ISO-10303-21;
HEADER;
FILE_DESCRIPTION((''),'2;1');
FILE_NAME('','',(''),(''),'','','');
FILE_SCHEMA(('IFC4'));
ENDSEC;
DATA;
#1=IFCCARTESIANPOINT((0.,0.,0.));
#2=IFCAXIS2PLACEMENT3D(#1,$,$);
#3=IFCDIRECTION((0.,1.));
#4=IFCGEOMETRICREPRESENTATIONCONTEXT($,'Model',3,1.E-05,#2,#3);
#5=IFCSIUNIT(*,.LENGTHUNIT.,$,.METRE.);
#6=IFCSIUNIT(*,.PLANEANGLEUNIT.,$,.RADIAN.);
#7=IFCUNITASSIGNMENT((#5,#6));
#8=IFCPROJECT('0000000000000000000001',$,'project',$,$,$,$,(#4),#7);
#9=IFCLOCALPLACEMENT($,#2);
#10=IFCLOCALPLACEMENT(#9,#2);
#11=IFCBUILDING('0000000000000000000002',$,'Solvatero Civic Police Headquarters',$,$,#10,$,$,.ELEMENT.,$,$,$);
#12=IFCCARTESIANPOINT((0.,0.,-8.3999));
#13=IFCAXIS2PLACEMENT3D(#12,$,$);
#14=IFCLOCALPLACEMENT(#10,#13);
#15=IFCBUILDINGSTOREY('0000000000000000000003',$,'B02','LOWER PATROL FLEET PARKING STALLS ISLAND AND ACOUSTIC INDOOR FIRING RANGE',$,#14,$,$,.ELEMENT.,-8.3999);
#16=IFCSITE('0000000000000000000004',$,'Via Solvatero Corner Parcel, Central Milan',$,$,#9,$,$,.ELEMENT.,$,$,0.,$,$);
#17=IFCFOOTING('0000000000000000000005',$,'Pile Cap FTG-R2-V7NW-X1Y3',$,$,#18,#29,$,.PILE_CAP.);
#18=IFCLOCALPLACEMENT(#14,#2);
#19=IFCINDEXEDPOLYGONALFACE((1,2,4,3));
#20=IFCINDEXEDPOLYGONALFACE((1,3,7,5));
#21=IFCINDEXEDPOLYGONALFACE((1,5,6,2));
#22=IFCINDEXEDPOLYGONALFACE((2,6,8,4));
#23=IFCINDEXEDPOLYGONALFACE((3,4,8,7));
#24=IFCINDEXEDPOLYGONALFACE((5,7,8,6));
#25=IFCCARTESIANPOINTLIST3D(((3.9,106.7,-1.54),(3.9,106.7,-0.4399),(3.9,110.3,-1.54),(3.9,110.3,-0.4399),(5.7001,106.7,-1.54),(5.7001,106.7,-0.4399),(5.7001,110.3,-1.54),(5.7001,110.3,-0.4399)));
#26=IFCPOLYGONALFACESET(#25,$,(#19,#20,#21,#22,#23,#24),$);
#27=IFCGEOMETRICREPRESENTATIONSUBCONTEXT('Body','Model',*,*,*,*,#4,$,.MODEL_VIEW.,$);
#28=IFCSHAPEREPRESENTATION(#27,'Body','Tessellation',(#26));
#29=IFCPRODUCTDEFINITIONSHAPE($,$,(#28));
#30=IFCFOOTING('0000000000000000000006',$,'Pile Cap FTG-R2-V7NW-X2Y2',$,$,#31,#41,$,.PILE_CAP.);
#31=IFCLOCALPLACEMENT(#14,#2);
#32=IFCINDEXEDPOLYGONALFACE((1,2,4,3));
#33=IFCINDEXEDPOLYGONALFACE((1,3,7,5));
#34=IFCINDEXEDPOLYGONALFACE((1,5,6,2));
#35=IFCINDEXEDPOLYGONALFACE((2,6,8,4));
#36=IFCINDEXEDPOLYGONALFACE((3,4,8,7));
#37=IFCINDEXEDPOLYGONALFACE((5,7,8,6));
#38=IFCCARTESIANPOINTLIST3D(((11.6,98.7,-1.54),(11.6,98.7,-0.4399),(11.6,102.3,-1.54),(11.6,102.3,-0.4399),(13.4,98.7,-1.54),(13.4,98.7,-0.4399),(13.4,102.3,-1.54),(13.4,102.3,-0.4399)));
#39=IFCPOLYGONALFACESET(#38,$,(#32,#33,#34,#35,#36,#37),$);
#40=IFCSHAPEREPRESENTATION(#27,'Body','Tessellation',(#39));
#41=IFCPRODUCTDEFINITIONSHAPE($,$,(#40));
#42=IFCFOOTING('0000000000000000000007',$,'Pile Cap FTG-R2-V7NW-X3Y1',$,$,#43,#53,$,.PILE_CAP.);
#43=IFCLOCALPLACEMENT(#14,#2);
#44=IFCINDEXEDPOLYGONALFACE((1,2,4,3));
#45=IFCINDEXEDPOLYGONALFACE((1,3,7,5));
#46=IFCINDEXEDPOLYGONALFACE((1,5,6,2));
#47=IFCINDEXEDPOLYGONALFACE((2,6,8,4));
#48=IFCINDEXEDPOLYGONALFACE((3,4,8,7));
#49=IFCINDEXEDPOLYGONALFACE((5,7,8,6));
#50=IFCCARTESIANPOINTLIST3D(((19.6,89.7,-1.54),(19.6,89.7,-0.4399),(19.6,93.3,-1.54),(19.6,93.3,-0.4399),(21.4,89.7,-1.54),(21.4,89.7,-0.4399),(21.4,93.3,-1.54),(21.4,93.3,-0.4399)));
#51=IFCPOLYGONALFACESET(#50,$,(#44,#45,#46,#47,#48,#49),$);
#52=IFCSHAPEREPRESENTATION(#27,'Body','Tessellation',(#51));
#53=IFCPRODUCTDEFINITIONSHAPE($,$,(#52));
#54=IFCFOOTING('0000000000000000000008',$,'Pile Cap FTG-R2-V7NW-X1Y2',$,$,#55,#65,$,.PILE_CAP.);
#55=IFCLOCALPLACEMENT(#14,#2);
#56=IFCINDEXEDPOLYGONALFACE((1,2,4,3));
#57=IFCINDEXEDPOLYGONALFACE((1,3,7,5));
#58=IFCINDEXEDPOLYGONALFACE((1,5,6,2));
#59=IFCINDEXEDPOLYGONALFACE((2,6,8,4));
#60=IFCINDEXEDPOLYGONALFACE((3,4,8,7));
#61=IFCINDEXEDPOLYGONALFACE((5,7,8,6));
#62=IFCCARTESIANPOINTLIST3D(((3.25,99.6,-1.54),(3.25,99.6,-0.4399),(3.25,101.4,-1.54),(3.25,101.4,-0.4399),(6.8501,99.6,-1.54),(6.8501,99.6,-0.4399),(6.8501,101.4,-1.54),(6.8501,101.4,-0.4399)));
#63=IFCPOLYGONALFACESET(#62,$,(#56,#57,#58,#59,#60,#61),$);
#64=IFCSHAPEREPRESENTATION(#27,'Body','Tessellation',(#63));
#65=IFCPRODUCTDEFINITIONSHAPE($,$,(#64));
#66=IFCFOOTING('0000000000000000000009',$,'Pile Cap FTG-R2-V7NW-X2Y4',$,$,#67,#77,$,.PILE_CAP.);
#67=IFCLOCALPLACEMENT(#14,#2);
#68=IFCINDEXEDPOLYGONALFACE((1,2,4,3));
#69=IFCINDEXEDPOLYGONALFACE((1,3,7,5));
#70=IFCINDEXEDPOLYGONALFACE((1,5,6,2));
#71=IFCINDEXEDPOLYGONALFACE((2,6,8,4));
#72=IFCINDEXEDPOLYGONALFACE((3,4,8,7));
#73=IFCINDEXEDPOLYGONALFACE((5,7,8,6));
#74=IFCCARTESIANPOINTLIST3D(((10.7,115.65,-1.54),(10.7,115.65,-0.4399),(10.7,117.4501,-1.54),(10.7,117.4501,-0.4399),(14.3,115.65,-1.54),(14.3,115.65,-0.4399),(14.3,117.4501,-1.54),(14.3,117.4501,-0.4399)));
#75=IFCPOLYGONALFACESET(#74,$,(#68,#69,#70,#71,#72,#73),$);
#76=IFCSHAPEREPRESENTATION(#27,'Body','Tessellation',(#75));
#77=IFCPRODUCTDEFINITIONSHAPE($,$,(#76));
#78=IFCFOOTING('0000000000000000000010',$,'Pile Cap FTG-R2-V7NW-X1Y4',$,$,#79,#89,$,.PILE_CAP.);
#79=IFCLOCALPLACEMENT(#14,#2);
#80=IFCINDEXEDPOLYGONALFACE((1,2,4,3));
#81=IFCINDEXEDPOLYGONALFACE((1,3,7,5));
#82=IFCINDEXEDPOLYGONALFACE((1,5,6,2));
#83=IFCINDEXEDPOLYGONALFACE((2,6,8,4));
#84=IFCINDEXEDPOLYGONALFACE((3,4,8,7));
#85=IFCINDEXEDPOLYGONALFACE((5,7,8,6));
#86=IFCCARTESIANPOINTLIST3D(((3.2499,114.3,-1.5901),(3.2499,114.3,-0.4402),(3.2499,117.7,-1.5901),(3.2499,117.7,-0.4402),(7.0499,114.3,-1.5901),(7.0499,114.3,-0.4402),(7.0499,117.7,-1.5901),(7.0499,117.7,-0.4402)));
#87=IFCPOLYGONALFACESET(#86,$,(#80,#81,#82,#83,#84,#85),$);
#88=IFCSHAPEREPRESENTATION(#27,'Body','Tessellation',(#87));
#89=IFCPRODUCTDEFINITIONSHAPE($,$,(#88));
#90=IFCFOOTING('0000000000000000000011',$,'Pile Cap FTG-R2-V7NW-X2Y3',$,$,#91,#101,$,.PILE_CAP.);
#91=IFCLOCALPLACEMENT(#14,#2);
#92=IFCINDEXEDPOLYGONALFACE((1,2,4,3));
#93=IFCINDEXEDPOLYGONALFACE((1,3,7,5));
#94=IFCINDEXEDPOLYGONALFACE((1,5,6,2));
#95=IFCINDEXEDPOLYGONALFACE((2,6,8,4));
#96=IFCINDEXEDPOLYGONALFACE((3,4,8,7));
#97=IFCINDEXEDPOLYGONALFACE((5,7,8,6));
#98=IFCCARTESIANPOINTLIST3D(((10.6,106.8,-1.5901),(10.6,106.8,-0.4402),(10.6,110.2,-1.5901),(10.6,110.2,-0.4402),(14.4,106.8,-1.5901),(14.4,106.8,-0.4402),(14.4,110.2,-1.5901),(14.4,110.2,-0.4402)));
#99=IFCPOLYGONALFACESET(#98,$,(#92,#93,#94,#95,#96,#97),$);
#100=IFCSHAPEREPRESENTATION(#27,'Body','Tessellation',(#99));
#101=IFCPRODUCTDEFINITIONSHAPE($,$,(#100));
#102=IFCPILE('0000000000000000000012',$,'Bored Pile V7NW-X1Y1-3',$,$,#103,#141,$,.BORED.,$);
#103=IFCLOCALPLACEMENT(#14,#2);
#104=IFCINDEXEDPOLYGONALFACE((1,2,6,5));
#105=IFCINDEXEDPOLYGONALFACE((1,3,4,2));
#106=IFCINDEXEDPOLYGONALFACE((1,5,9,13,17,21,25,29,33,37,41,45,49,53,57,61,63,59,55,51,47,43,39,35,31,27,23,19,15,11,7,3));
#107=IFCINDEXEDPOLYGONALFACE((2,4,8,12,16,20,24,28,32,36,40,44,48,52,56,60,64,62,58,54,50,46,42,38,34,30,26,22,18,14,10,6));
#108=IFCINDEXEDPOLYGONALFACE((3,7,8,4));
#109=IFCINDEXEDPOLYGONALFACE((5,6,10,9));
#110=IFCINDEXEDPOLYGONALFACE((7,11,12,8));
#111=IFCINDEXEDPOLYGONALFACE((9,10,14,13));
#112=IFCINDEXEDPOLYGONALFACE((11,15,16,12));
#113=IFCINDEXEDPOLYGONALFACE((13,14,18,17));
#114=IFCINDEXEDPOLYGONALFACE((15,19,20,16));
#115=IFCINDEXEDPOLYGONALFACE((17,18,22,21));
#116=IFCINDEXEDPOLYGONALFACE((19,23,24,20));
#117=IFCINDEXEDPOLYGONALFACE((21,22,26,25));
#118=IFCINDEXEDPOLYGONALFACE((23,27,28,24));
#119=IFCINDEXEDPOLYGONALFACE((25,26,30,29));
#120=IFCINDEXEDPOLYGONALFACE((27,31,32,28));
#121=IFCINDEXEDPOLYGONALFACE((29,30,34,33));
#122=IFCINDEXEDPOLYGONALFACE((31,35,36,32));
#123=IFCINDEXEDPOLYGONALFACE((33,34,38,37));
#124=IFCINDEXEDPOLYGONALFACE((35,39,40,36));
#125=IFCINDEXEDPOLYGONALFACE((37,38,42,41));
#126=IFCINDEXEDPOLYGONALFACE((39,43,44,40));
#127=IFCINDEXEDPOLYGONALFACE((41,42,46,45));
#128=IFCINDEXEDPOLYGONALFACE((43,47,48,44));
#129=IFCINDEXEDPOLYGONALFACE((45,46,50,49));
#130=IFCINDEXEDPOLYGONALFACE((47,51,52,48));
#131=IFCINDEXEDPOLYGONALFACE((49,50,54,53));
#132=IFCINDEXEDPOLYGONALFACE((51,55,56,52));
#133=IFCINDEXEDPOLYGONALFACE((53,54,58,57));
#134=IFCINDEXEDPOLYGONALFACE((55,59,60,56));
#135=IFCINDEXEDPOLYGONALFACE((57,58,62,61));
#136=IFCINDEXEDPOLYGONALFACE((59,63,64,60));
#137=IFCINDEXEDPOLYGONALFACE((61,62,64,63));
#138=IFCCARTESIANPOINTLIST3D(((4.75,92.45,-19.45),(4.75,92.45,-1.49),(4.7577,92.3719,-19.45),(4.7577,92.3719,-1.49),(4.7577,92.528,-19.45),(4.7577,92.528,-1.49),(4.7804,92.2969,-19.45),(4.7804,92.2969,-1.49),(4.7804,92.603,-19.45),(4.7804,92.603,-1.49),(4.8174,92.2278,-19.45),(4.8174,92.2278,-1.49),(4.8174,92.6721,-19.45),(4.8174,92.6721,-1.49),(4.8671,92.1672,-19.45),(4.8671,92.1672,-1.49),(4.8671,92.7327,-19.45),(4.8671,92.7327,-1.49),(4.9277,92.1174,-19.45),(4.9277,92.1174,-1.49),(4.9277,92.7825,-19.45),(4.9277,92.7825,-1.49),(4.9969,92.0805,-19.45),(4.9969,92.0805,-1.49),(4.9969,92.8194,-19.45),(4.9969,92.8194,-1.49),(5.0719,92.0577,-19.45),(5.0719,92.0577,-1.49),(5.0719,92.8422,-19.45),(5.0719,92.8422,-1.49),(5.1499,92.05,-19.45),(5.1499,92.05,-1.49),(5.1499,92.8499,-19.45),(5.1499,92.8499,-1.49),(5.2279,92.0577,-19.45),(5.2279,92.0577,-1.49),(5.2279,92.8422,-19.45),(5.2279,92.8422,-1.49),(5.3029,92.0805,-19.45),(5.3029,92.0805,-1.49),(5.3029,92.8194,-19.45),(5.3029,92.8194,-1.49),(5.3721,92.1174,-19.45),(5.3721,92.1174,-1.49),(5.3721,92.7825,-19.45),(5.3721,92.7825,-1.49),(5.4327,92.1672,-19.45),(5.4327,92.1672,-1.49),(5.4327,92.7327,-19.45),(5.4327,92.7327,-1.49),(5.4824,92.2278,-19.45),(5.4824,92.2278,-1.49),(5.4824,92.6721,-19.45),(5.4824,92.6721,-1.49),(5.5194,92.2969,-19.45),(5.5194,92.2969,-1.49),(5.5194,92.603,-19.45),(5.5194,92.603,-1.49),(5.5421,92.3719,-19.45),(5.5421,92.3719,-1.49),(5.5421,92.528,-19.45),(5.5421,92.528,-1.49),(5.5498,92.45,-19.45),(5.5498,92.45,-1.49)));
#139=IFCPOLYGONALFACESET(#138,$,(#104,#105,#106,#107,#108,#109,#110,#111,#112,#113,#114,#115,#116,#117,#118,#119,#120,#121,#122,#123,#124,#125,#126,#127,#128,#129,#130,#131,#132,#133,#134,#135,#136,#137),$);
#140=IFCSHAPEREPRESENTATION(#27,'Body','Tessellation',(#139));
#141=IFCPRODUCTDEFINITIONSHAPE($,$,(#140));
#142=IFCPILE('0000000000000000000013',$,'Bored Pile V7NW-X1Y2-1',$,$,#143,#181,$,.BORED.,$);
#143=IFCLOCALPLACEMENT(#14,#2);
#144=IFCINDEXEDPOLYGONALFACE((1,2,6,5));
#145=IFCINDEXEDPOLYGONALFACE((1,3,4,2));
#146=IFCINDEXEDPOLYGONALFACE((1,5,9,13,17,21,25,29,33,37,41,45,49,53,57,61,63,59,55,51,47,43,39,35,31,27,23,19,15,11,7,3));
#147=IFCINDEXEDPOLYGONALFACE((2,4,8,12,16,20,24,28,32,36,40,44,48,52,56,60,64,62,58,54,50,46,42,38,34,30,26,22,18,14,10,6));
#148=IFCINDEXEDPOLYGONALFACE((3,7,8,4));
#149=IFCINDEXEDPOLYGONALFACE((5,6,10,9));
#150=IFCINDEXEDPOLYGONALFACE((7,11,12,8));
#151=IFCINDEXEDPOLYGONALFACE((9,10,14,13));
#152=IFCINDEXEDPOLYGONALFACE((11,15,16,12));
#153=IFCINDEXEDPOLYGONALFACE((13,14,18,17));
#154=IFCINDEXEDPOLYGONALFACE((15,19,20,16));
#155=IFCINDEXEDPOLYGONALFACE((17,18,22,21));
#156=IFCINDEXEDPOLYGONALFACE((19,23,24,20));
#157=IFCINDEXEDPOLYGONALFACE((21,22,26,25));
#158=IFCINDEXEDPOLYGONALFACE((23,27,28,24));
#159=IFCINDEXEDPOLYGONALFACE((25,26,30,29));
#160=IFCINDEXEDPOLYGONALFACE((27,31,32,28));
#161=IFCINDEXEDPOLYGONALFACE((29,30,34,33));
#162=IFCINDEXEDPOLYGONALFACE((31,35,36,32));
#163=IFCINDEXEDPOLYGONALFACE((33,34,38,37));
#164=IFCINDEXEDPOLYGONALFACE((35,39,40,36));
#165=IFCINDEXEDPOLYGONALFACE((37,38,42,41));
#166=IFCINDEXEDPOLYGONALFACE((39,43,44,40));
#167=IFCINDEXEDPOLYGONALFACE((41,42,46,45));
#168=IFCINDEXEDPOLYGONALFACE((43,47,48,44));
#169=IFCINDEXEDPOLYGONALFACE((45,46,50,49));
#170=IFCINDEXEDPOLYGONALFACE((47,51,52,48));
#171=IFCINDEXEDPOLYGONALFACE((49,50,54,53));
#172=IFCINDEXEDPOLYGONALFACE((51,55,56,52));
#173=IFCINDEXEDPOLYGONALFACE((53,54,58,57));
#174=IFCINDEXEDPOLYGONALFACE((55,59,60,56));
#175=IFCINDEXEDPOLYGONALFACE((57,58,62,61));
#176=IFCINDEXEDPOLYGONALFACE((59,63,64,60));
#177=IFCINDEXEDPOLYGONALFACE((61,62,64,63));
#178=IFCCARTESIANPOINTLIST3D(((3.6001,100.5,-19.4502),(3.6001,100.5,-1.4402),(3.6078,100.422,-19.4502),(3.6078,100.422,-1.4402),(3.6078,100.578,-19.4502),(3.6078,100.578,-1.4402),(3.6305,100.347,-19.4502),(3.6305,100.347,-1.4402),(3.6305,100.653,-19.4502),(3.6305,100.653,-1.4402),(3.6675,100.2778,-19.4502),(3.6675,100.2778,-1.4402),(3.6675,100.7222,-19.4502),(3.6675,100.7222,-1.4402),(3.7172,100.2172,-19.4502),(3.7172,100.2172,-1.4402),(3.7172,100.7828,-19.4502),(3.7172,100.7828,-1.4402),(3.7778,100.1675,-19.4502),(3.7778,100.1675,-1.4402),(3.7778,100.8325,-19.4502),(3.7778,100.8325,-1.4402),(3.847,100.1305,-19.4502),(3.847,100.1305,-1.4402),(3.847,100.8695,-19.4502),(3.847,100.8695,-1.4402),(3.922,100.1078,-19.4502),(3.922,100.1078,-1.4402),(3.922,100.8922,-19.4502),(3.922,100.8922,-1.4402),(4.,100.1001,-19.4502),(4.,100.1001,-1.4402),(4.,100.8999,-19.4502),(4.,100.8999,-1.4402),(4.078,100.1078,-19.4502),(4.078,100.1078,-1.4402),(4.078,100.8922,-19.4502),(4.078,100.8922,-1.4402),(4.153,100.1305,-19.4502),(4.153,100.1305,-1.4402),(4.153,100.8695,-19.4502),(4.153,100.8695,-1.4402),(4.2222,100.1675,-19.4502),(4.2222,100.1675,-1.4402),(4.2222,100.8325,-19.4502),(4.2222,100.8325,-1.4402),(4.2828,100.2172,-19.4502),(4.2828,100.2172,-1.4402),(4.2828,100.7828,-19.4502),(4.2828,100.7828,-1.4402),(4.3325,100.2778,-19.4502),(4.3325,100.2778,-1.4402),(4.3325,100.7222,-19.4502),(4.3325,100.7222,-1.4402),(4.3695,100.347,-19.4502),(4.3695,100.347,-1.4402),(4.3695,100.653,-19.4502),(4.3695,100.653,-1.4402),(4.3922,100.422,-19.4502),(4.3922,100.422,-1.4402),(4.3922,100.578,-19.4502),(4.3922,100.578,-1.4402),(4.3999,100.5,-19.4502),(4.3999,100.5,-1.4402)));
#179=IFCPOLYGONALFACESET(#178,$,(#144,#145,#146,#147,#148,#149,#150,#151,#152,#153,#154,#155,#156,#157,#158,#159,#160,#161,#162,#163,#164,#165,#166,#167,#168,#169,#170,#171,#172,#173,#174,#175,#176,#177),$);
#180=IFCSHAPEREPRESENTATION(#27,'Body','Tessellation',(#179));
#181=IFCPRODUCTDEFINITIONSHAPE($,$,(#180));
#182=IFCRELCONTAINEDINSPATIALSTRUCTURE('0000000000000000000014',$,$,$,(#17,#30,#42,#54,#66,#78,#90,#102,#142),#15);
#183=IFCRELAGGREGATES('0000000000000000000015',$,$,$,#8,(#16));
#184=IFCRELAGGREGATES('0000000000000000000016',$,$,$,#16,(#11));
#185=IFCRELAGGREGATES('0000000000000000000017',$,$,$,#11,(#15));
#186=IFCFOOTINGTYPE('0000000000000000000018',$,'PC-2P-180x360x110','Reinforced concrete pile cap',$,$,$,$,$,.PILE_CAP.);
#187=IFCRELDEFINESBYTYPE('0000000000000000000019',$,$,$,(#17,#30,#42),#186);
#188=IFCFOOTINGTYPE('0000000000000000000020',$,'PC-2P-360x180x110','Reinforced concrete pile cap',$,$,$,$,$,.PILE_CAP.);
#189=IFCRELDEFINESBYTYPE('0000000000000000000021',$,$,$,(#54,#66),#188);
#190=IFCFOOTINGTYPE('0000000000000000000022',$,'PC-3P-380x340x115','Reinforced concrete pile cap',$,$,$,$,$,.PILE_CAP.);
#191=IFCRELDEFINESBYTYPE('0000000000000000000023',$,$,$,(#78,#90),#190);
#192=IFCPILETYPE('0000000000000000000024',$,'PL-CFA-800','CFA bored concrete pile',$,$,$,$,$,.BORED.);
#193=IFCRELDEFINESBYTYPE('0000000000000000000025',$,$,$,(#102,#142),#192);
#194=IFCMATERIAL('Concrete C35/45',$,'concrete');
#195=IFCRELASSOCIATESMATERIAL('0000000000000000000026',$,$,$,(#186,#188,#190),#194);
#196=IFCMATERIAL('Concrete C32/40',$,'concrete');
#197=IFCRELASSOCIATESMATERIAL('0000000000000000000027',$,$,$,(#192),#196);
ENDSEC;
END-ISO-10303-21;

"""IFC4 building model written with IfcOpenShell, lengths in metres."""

from ifc_helpers import new_model, si_unit, direction, frame, origin, origin_2d, place, context, subcontext, project, spatial, rectangle, circle, extrude, material, material_profile, profile_set, type_object, element, save


model = new_model("IFC4")

# Units and contexts
model_context = context("Model", 3, precision=1e-05, world=origin(), true_north=direction((0.0, 1.0)))
body_context = subcontext(model_context, "Body", "Model", "MODEL_VIEW")
ifc_project = project(units=[si_unit("LENGTHUNIT", "METRE"), si_unit("PLANEANGLEUNIT", "RADIAN")], contexts=[model_context])

# Site, building, storey
site_placement = place(None, origin())
site = spatial("IfcSite", under=ifc_project, at=site_placement, Name="Via Solvatero Corner Parcel, Central Milan", CompositionType="ELEMENT", RefElevation=0.0)
building_placement = place(site_placement, origin())
building = spatial("IfcBuilding", under=site, at=building_placement, Name="Solvatero Civic Police Headquarters", CompositionType="ELEMENT")
storey_placement = place(building_placement, frame((0.0, 0.0, -8.3999)))
storey = spatial("IfcBuildingStorey", under=building, at=storey_placement, Name="B02", Description="LOWER PATROL FLEET PARKING STALLS ISLAND AND ACOUSTIC INDOOR FIRING RANGE", CompositionType="ELEMENT", Elevation=-8.3999)

# Footings
ifc_material_1 = material(Name="Concrete C35/45", Category="concrete")
footing_type_1 = type_object("IfcFootingType", Name="PC-2P-180x360x110", Description="Reinforced concrete pile cap", PredefinedType="PILE_CAP", material=ifc_material_1)
for number, where, z_axis, x_axis, name in (
    (1, (4.8, 108.5, -1.54), (0.0, 0.0, 1.0), (1.0, 0.0, 0.0), "Pile Cap FTG-R2-V7NW-X1Y3"),
    (2, (12.5, 100.5, -1.54), (0.0, 0.0, 1.0), (1.0, 0.0, 0.0), "Pile Cap FTG-R2-V7NW-X2Y2"),
    (3, (20.5, 91.5, -1.54), (0.0, 0.0, 1.0), (1.0, 0.0, 0.0), "Pile Cap FTG-R2-V7NW-X3Y1"),
):
    element("IfcFooting", number, at=place(storey_placement, frame(where, z_axis=z_axis, x_axis=x_axis)), inside=storey, type_object=footing_type_1, Name=name, PredefinedType="PILE_CAP", context=body_context, shape_type="SweptSolid", body=[
        extrude(rectangle(XDim=1.8, YDim=3.6001, at=origin_2d()), origin(), (0.0, 0.0, 1.0), 1.1001),
    ])
footing_type_2 = type_object("IfcFootingType", Name="PC-2P-360x180x110", Description="Reinforced concrete pile cap", PredefinedType="PILE_CAP", material=ifc_material_1)
for number, where, z_axis, x_axis, name in (
    (4, (5.05, 100.5, -1.54), (0.0, 0.0, 1.0), (1.0, 0.0, 0.0), "Pile Cap FTG-R2-V7NW-X1Y2"),
    (5, (12.5, 116.55, -1.54), (0.0, 0.0, 1.0), (1.0, 0.0, 0.0), "Pile Cap FTG-R2-V7NW-X2Y4"),
):
    element("IfcFooting", number, at=place(storey_placement, frame(where, z_axis=z_axis, x_axis=x_axis)), inside=storey, type_object=footing_type_2, Name=name, PredefinedType="PILE_CAP", context=body_context, shape_type="SweptSolid", body=[
        extrude(rectangle(XDim=3.6001, YDim=1.8, at=origin_2d()), origin(), (0.0, 0.0, 1.0), 1.1001),
    ])
footing_type_3 = type_object("IfcFootingType", Name="PC-3P-380x340x115", Description="Reinforced concrete pile cap", PredefinedType="PILE_CAP", material=ifc_material_1)
for number, where, z_axis, x_axis, name in (
    (6, (5.1499, 116.0, -1.5901), (0.0, 0.0, 1.0), (1.0, 0.0, 0.0), "Pile Cap FTG-R2-V7NW-X1Y4"),
    (7, (12.5, 108.5, -1.5901), (0.0, 0.0, 1.0), (1.0, 0.0, 0.0), "Pile Cap FTG-R2-V7NW-X2Y3"),
):
    element("IfcFooting", number, at=place(storey_placement, frame(where, z_axis=z_axis, x_axis=x_axis)), inside=storey, type_object=footing_type_3, Name=name, PredefinedType="PILE_CAP", context=body_context, shape_type="SweptSolid", body=[
        extrude(rectangle(XDim=3.8, YDim=3.3999, at=origin_2d()), origin(), (0.0, 0.0, 1.0), 1.1499),
    ])

# Piles
ifc_material_2 = material(Name="Concrete C32/40", Category="concrete")
ifc_material_profile_1 = material_profile(ifc_material_2, circle(Radius=0.3999, at=origin_2d()), Name="CFA PILE D800")
ifc_profile_set_1 = profile_set([ifc_material_profile_1], Name="Concrete C32/40")
pile_type = type_object("IfcPileType", Name="PL-CFA-800", Description="CFA bored concrete pile", PredefinedType="BORED", material=ifc_profile_set_1)
pile_1_placement = place(storey_placement, frame((5.1499, 92.45, -1.49), z_axis=(0.0, 0.0, -1.0), x_axis=(1.0, 0.0, 0.0)))
element("IfcPile", 8, at=pile_1_placement, inside=storey, type_object=pile_type, Name="Bored Pile V7NW-X1Y1-3", PredefinedType="BORED", context=body_context, shape_type="SweptSolid", body=[
    extrude(circle(Radius=0.3999, at=origin_2d()), origin(), (0.0, 0.0, 1.0), 17.96),
])
for number, where, z_axis, x_axis, name in (
    (9, (4.0, 100.5, -1.4402), (0.0, 0.0, -1.0), (1.0, 0.0, 0.0), "Bored Pile V7NW-X1Y2-1"),
):
    element("IfcPile", number, at=place(storey_placement, frame(where, z_axis=z_axis, x_axis=x_axis)), inside=storey, type_object=pile_type, Name=name, PredefinedType="BORED", context=body_context, shape_type="SweptSolid", body=[
        extrude(circle(Radius=0.3999, at=origin_2d()), origin(), (0.0, 0.0, 1.0), 18.01),
    ])

save(model, "model.ifc")
